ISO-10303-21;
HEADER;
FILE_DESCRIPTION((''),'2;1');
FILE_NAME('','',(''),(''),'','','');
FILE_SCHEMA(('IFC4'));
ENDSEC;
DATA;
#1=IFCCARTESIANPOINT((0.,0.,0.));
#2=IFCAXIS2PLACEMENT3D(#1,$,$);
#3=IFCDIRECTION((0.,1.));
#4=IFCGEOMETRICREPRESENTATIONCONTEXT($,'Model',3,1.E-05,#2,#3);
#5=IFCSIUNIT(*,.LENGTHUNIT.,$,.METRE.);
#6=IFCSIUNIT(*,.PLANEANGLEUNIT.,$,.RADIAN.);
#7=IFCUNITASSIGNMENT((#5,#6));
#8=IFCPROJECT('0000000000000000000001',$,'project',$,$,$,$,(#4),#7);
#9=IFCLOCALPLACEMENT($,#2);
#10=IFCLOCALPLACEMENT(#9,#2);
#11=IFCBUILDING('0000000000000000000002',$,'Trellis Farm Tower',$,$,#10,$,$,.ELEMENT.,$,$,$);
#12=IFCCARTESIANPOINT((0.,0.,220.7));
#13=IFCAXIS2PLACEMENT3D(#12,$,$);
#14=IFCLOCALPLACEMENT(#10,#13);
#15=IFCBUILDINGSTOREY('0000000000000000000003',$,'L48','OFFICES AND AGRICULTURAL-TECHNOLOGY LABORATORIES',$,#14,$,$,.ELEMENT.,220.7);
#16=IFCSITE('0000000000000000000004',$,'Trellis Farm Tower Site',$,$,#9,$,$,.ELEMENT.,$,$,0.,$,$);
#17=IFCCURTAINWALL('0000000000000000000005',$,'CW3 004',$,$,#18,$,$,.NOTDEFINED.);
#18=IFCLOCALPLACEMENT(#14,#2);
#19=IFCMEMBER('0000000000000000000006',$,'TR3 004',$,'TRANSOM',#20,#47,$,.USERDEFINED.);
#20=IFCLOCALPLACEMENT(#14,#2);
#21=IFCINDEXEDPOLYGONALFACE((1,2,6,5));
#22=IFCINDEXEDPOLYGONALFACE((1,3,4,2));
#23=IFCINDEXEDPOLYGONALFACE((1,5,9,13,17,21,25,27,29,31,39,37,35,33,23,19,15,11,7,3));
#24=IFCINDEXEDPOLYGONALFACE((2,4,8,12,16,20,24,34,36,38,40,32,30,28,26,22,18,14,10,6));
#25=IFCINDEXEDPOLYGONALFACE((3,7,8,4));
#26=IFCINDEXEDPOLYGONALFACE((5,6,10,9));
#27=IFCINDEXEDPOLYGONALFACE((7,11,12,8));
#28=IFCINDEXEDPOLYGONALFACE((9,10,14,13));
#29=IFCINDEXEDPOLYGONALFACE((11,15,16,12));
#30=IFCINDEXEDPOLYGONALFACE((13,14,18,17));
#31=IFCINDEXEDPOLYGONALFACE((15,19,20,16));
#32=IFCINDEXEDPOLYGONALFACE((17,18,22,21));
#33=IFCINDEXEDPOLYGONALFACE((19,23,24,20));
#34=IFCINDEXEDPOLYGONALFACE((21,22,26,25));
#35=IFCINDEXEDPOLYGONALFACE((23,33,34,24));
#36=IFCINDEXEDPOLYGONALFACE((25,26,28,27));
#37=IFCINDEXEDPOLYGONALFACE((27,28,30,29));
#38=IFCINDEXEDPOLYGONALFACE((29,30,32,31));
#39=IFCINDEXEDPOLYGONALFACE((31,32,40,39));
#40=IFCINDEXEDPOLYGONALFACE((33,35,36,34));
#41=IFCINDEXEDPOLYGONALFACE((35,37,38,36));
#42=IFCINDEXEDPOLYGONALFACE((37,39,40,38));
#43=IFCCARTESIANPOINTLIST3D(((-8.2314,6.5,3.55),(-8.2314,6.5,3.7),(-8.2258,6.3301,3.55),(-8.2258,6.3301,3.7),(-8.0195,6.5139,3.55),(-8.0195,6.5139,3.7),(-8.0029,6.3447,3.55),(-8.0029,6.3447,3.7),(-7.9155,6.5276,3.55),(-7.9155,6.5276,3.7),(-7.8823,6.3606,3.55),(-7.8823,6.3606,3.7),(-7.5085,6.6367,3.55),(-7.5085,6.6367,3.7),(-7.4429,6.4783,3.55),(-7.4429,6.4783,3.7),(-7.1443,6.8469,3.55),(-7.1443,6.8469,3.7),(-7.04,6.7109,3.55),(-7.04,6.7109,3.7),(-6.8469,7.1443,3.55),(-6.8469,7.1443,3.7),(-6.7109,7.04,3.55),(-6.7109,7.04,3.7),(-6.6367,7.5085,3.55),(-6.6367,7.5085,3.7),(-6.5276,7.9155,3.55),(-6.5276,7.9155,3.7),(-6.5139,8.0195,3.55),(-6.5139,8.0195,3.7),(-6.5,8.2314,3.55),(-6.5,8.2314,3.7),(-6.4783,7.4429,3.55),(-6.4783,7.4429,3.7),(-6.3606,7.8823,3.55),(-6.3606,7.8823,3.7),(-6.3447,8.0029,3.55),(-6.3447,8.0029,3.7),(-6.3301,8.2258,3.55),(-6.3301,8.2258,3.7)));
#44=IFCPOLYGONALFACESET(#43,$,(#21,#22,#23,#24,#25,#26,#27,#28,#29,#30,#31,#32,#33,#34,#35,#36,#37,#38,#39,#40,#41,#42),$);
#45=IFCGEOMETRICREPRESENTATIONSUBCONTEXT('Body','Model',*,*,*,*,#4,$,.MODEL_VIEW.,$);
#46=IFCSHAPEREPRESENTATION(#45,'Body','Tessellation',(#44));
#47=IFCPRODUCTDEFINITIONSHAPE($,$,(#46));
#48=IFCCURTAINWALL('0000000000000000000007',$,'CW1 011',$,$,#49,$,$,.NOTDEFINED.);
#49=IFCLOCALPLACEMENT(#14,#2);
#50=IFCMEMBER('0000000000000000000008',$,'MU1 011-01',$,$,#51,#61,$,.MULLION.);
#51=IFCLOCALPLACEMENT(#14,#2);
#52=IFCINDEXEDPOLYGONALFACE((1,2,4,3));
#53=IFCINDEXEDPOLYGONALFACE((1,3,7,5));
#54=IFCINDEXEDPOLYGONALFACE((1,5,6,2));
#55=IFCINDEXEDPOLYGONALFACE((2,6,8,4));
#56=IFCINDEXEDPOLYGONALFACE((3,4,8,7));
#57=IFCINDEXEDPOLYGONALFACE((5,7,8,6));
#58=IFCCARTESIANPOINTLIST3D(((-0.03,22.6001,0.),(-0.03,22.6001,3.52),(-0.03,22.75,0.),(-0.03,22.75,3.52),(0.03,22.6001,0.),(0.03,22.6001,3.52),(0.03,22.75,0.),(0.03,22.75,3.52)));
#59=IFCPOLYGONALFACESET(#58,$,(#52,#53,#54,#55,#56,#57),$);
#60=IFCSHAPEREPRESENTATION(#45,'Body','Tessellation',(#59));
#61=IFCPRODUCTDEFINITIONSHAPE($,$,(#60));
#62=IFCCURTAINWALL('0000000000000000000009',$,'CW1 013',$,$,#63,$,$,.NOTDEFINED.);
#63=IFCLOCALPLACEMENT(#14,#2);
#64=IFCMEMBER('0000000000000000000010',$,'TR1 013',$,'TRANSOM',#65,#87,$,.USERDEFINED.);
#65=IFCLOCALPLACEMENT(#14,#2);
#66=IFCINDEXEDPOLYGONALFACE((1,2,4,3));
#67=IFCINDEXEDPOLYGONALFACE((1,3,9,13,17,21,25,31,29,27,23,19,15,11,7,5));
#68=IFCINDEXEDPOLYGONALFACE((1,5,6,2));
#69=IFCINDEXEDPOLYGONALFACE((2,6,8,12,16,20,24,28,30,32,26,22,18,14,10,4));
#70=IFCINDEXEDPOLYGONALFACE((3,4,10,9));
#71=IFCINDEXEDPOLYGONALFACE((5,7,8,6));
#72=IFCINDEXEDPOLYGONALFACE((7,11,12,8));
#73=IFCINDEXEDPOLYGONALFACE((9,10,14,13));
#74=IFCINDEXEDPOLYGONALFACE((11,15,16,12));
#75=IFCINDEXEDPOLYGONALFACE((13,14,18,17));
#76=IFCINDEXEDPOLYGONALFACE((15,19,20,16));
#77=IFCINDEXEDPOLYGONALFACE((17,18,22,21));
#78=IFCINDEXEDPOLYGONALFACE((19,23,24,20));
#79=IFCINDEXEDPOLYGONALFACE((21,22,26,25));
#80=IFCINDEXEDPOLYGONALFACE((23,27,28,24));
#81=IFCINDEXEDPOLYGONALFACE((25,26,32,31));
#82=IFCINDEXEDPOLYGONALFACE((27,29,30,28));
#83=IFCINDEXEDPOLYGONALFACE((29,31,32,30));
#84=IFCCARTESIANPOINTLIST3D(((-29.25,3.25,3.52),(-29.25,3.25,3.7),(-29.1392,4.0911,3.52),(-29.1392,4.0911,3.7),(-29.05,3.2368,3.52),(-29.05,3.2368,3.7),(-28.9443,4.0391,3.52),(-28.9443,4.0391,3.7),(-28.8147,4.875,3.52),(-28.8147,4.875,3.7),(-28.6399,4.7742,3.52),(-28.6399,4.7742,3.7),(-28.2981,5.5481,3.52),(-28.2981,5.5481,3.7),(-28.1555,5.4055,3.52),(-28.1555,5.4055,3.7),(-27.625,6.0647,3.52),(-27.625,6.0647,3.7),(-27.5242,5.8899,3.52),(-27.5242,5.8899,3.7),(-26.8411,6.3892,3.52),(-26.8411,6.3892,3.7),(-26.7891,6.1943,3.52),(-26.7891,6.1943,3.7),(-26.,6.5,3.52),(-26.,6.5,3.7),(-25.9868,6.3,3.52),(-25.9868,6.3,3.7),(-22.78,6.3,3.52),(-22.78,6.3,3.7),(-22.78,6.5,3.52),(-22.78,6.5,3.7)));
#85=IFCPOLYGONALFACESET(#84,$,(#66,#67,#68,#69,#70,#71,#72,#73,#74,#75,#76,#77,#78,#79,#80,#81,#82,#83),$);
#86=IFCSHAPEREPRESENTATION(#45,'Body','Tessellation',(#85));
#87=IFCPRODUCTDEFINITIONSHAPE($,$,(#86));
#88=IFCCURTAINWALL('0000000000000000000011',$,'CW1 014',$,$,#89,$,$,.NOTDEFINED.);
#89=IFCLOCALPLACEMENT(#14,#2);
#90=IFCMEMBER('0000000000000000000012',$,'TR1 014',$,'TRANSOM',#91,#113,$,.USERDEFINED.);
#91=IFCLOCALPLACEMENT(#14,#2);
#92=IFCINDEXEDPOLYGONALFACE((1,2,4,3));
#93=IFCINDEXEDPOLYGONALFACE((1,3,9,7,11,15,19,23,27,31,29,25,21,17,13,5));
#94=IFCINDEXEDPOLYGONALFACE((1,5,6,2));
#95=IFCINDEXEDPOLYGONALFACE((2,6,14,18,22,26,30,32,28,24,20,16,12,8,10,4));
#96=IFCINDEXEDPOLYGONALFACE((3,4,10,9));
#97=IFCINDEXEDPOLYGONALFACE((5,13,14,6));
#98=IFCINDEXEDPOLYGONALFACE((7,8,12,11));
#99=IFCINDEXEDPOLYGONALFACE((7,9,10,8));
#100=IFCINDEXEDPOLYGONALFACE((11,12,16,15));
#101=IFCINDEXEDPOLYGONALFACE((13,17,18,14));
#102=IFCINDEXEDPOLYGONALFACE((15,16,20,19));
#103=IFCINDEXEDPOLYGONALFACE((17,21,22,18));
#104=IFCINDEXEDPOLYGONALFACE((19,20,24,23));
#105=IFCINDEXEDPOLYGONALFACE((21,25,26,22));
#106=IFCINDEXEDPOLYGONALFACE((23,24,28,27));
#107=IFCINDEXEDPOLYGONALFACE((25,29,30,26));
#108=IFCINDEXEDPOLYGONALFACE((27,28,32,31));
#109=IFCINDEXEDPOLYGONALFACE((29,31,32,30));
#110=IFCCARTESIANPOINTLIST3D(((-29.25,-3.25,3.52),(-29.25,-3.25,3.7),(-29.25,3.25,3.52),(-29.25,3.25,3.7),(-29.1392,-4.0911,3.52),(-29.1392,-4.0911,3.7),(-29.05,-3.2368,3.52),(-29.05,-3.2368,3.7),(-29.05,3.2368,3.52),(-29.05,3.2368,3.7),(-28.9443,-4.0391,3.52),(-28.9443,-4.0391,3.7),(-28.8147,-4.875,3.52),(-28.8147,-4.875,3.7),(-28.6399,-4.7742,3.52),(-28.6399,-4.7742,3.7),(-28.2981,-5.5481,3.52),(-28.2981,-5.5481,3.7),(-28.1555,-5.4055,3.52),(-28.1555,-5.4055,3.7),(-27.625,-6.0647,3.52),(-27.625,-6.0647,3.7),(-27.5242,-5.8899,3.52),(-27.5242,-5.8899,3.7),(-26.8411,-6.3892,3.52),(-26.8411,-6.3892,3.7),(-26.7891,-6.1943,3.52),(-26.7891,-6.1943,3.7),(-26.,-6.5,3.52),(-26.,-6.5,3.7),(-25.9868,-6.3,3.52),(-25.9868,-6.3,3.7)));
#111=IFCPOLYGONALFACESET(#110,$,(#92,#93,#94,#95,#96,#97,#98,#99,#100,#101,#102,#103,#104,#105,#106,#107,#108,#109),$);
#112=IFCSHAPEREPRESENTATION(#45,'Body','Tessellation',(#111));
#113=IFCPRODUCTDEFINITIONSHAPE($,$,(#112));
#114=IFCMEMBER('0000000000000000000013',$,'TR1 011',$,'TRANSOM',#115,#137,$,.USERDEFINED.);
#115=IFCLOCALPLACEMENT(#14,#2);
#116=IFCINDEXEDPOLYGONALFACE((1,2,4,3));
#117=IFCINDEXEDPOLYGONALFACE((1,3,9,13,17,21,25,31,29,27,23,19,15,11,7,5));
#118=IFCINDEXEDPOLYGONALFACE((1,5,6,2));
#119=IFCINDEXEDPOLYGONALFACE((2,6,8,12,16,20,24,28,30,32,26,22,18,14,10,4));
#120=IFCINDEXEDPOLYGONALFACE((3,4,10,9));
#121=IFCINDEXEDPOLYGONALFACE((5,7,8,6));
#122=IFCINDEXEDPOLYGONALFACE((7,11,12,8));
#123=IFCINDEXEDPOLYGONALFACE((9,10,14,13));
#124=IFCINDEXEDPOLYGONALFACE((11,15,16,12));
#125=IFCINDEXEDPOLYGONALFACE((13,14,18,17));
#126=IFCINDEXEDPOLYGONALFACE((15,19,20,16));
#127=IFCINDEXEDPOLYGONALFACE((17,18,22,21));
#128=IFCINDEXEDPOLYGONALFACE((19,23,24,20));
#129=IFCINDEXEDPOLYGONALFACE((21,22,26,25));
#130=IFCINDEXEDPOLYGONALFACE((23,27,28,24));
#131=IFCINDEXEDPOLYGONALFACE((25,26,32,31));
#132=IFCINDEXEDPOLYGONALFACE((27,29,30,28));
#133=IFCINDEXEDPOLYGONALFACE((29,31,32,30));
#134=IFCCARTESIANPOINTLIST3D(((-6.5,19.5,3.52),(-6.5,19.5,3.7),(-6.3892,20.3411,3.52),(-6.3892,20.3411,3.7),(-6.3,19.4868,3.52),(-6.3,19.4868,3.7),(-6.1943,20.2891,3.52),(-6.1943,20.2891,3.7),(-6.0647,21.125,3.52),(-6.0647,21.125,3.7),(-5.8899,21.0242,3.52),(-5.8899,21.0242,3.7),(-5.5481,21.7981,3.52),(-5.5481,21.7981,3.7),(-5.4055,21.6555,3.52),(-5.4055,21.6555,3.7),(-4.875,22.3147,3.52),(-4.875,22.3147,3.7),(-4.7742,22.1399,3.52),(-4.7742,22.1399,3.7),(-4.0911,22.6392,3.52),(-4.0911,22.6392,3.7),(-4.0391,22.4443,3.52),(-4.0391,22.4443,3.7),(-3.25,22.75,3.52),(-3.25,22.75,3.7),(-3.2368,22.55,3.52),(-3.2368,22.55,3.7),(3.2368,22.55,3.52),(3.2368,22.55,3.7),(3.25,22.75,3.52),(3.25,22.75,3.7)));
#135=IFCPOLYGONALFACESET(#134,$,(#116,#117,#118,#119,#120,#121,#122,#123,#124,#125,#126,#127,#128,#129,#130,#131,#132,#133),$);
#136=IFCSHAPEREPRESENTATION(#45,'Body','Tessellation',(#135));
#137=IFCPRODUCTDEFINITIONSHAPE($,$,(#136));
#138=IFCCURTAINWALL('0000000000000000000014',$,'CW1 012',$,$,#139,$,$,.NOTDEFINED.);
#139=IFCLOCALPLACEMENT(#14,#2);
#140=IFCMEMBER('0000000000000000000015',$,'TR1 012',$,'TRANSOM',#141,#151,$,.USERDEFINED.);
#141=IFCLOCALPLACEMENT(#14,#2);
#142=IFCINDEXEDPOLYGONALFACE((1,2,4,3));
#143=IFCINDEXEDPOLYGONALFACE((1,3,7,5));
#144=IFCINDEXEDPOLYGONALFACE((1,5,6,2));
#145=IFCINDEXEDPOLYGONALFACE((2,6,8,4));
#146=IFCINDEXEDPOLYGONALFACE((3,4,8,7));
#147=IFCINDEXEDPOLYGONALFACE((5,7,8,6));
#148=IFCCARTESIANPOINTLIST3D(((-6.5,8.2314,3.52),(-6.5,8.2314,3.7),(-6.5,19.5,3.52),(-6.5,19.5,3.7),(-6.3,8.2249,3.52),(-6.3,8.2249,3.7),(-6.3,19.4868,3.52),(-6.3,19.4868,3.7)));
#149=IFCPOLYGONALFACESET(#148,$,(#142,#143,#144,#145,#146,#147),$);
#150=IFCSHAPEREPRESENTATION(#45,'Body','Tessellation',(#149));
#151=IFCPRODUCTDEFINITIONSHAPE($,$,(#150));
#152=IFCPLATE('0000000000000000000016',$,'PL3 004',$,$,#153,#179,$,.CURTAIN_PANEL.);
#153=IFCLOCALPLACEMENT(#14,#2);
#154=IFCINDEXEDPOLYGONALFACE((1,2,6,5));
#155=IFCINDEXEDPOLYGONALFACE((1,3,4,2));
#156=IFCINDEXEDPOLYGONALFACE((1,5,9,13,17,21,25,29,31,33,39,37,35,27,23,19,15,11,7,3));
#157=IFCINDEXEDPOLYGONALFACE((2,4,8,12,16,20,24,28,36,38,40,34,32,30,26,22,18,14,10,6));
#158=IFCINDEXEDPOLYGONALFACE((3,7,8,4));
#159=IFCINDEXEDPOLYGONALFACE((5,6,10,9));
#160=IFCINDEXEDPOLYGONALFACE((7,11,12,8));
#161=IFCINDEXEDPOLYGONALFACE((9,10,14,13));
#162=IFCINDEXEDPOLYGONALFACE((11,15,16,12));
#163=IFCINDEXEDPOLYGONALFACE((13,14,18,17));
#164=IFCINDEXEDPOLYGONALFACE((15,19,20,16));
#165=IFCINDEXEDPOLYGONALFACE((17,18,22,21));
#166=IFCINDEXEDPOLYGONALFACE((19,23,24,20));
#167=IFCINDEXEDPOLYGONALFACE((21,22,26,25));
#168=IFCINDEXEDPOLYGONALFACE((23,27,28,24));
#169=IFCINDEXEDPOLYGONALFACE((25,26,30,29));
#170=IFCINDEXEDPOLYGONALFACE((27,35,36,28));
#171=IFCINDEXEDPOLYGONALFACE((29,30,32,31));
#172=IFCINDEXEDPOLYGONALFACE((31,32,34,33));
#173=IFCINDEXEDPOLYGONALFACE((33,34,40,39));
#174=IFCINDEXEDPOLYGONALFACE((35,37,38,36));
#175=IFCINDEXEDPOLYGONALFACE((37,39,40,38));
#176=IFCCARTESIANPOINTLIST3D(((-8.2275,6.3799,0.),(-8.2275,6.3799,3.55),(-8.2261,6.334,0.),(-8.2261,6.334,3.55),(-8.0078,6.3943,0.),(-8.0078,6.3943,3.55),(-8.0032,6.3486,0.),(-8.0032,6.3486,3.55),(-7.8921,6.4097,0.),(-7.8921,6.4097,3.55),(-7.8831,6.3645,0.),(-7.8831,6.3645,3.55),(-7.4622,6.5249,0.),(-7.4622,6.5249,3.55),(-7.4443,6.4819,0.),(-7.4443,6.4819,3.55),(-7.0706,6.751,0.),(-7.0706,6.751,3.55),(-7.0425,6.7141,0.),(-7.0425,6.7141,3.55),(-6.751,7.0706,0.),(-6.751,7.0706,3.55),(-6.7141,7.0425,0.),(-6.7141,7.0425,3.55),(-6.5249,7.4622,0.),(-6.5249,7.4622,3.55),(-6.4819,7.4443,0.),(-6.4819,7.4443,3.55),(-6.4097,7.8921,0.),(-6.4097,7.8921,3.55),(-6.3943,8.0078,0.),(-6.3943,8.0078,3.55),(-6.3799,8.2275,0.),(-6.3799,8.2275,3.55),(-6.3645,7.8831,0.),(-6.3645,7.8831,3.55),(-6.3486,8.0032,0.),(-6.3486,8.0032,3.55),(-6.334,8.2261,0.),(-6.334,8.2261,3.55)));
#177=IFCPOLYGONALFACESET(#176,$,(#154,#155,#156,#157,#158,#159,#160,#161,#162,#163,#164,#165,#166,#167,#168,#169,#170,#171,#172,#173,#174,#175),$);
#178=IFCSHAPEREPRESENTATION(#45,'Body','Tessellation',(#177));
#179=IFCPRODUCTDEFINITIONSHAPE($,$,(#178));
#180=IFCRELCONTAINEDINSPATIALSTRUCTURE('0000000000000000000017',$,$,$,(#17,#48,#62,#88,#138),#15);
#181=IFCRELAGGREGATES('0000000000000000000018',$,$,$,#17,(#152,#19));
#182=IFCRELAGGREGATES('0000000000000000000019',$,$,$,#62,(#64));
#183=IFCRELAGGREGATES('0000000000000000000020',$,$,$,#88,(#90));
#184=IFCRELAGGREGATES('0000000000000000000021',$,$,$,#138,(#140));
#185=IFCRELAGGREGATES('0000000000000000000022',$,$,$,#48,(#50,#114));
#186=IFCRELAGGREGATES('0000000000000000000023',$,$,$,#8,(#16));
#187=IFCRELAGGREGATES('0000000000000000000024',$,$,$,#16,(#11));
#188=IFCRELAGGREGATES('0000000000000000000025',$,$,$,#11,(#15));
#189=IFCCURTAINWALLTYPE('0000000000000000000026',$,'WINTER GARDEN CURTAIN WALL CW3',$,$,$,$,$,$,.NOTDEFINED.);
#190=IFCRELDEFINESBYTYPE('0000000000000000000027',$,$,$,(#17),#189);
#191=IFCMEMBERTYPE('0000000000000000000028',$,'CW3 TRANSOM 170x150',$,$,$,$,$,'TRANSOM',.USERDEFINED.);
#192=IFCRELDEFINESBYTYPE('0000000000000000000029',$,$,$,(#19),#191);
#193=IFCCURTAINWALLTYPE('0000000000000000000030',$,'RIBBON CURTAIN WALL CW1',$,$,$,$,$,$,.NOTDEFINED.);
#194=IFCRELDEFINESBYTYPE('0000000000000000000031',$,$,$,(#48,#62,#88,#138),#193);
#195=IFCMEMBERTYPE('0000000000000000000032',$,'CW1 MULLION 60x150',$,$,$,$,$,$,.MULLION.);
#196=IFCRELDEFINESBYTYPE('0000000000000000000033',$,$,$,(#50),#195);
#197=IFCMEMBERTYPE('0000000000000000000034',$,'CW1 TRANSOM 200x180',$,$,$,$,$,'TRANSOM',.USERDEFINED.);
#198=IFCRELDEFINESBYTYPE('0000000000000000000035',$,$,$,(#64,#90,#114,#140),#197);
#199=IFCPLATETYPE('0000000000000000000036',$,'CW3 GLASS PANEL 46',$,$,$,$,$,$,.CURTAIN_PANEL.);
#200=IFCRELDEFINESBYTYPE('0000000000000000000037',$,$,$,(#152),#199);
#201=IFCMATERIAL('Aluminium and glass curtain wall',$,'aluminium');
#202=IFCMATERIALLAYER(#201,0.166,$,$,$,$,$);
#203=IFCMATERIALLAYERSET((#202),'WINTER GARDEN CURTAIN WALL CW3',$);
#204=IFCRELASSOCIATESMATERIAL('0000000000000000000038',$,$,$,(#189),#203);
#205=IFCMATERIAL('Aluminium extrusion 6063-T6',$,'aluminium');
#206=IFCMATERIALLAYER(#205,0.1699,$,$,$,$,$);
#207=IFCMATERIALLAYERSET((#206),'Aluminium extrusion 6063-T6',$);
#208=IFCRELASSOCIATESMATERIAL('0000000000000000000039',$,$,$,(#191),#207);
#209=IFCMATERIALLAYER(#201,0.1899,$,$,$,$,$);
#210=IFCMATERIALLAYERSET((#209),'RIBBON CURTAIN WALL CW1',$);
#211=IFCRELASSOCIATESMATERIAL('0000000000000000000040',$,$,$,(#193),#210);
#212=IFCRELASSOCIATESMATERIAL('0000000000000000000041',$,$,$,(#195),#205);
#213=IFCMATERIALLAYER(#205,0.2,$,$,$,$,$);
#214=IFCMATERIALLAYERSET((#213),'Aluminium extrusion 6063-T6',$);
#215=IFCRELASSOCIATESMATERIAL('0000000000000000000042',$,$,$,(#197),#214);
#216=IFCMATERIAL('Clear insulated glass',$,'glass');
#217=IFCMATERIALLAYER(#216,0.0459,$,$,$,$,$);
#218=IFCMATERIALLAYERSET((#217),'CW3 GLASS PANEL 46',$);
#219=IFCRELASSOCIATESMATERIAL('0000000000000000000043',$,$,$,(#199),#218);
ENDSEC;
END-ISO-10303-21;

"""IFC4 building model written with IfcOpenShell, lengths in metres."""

from ifc_helpers import new_model, si_unit, direction, frame, origin, origin_2d, place, context, subcontext, project, spatial, polyline, rectangle, outline, extrude, source, transform, mapped, material, layer, layer_set, material_profile, profile_set, type_object, element, aggregate, save


model = new_model("IFC4")

# Units and contexts
model_context = context("Model", 3, precision=1e-05, world=origin(), true_north=direction((0.0, 1.0)))
body_context = subcontext(model_context, "Body", "Model", "MODEL_VIEW")
ifc_project = project(units=[si_unit("LENGTHUNIT", "METRE"), si_unit("PLANEANGLEUNIT", "RADIAN")], contexts=[model_context])

# Site, building, storey
site_placement = place(None, origin())
site = spatial("IfcSite", under=ifc_project, at=site_placement, Name="Trellis Farm Tower Site", CompositionType="ELEMENT", RefElevation=0.0)
building_placement = place(site_placement, origin())
building = spatial("IfcBuilding", under=site, at=building_placement, Name="Trellis Farm Tower", CompositionType="ELEMENT")
storey_placement = place(building_placement, frame((0.0, 0.0, 220.7)))
storey = spatial("IfcBuildingStorey", under=building, at=storey_placement, Name="L48", Description="OFFICES AND AGRICULTURAL-TECHNOLOGY LABORATORIES", CompositionType="ELEMENT", Elevation=220.7)

# Curtain walls, members
ifc_material_1 = material(Name="Aluminium and glass curtain wall", Category="aluminium")
ifc_layer_1 = layer(ifc_material_1, 0.166)
ifc_layer_set_1 = layer_set([ifc_layer_1], Name="WINTER GARDEN CURTAIN WALL CW3")
curtain_wall_type_1 = type_object("IfcCurtainWallType", Name="WINTER GARDEN CURTAIN WALL CW3", PredefinedType="NOTDEFINED", material=ifc_layer_set_1)
placement_1 = place(storey_placement, origin())
curtain_wall_1 = element("IfcCurtainWall", 1, at=placement_1, inside=storey, type_object=curtain_wall_type_1, Name="CW3 004", PredefinedType="NOTDEFINED")
ifc_material_2 = material(Name="Aluminium extrusion 6063-T6", Category="aluminium")
ifc_layer_2 = layer(ifc_material_2, 0.1699)
ifc_layer_set_2 = layer_set([ifc_layer_2], Name="Aluminium extrusion 6063-T6")
member_type_1 = type_object("IfcMemberType", Name="CW3 TRANSOM 170x150", ElementType="TRANSOM", PredefinedType="USERDEFINED", material=ifc_layer_set_2)
shared_shape_1 = source(origin(), body_context, "Body", "SweptSolid", [
    extrude(outline(polyline([(-6.5, 8.2314), (-6.5139, 8.0195), (-6.5276, 7.9155), (-6.6367, 7.5085), (-6.8469, 7.1443), (-7.1443, 6.8469), (-7.5085, 6.6367), (-7.9155, 6.5276), (-8.0195, 6.5139), (-8.2314, 6.5), (-8.2258, 6.3301), (-8.0029, 6.3447), (-7.8823, 6.3606), (-7.4429, 6.4783), (-7.04, 6.7109), (-6.7109, 7.04), (-6.4783, 7.4429), (-6.3606, 7.8823), (-6.3447, 8.0029), (-6.3301, 8.2258), (-6.5, 8.2314)])), origin(), (0.0, 0.0, 1.0), 0.1499),
])
member_1_placement = place(storey_placement, frame((0.0, 0.0, 3.55)))
member_1 = element("IfcMember", 2, at=member_1_placement, type_object=member_type_1, Name="TR3 004", ObjectType="TRANSOM", PredefinedType="USERDEFINED", context=body_context, shape_type="MappedRepresentation", body=[
    mapped(shared_shape_1, transform((0.0, 0.0, 0.0))),
])
ifc_layer_3 = layer(ifc_material_1, 0.1899)
ifc_layer_set_3 = layer_set([ifc_layer_3], Name="RIBBON CURTAIN WALL CW1")
curtain_wall_type_2 = type_object("IfcCurtainWallType", Name="RIBBON CURTAIN WALL CW1", PredefinedType="NOTDEFINED", material=ifc_layer_set_3)
curtain_wall_2 = element("IfcCurtainWall", 3, at=placement_1, inside=storey, type_object=curtain_wall_type_2, Name="CW1 011", PredefinedType="NOTDEFINED")
ifc_material_profile = material_profile(ifc_material_2, rectangle(XDim=0.0601, YDim=0.1499, at=origin_2d()), Name="MULLION 60x150")
ifc_profile_set = profile_set([ifc_material_profile], Name="Aluminium extrusion 6063-T6")
member_type_2 = type_object("IfcMemberType", Name="CW1 MULLION 60x150", PredefinedType="MULLION", material=ifc_profile_set)
shared_shape_2 = source(origin(), body_context, "Body", "SweptSolid", [
    extrude(rectangle(XDim=0.0601, YDim=0.1499, at=origin_2d()), origin(), (0.0, 0.0, 1.0), 3.52),
])
member_2_placement = place(storey_placement, frame((0.0, 22.675, 0.0), z_axis=(0.0, 0.0, 1.0), x_axis=(-1.0, 0.0, 0.0)))
member_2 = element("IfcMember", 4, at=member_2_placement, type_object=member_type_2, Name="MU1 011-01", PredefinedType="MULLION", context=body_context, shape_type="MappedRepresentation", body=[
    mapped(shared_shape_2, transform((0.0, 0.0, 0.0))),
])
curtain_wall_3 = element("IfcCurtainWall", 5, at=placement_1, inside=storey, type_object=curtain_wall_type_2, Name="CW1 013", PredefinedType="NOTDEFINED")
ifc_layer_4 = layer(ifc_material_2, 0.2)
ifc_layer_set_4 = layer_set([ifc_layer_4], Name="Aluminium extrusion 6063-T6")
member_type_3 = type_object("IfcMemberType", Name="CW1 TRANSOM 200x180", ElementType="TRANSOM", PredefinedType="USERDEFINED", material=ifc_layer_set_4)
shared_shape_3 = source(origin(), body_context, "Body", "SweptSolid", [
    extrude(outline(polyline([(-22.78, 6.5), (-26.0, 6.5), (-26.8411, 6.3892), (-27.625, 6.0647), (-28.2981, 5.5481), (-28.8147, 4.875), (-29.1392, 4.0911), (-29.25, 3.25), (-29.05, 3.2368), (-28.9443, 4.0391), (-28.6399, 4.7742), (-28.1555, 5.4055), (-27.5242, 5.8899), (-26.7891, 6.1943), (-25.9868, 6.3), (-22.78, 6.3), (-22.78, 6.5)])), origin(), (0.0, 0.0, 1.0), 0.1799),
])
placement_2 = place(storey_placement, frame((0.0, 0.0, 3.52)))
member_3 = element("IfcMember", 6, at=placement_2, type_object=member_type_3, Name="TR1 013", ObjectType="TRANSOM", PredefinedType="USERDEFINED", context=body_context, shape_type="MappedRepresentation", body=[
    mapped(shared_shape_3, transform((0.0, 0.0, 0.0))),
])
curtain_wall_4 = element("IfcCurtainWall", 7, at=placement_1, inside=storey, type_object=curtain_wall_type_2, Name="CW1 014", PredefinedType="NOTDEFINED")
shared_shape_4 = source(origin(), body_context, "Body", "SweptSolid", [
    extrude(outline(polyline([(-29.25, 3.25), (-29.25, -3.25), (-29.1392, -4.0911), (-28.8147, -4.875), (-28.2981, -5.5481), (-27.625, -6.0647), (-26.8411, -6.3892), (-26.0, -6.5), (-25.9868, -6.3), (-26.7891, -6.1943), (-27.5242, -5.8899), (-28.1555, -5.4055), (-28.6399, -4.7742), (-28.9443, -4.0391), (-29.05, -3.2368), (-29.05, 3.2368), (-29.25, 3.25)])), origin(), (0.0, 0.0, 1.0), 0.1799),
])
member_4 = element("IfcMember", 8, at=placement_2, type_object=member_type_3, Name="TR1 014", ObjectType="TRANSOM", PredefinedType="USERDEFINED", context=body_context, shape_type="MappedRepresentation", body=[
    mapped(shared_shape_4, transform((0.0, 0.0, 0.0))),
])

# Member
shared_shape_5 = source(origin(), body_context, "Body", "SweptSolid", [
    extrude(outline(polyline([(3.25, 22.75), (-3.25, 22.75), (-4.0911, 22.6392), (-4.875, 22.3147), (-5.5481, 21.7981), (-6.0647, 21.125), (-6.3892, 20.3411), (-6.5, 19.5), (-6.3, 19.4868), (-6.1943, 20.2891), (-5.8899, 21.0242), (-5.4055, 21.6555), (-4.7742, 22.1399), (-4.0391, 22.4443), (-3.2368, 22.55), (3.2368, 22.55), (3.25, 22.75)])), origin(), (0.0, 0.0, 1.0), 0.1799),
])
member_5 = element("IfcMember", 9, at=placement_2, type_object=member_type_3, Name="TR1 011", ObjectType="TRANSOM", PredefinedType="USERDEFINED", context=body_context, shape_type="MappedRepresentation", body=[
    mapped(shared_shape_5, transform((0.0, 0.0, 0.0))),
])

# Curtain wall, member
curtain_wall_5 = element("IfcCurtainWall", 10, at=placement_1, inside=storey, type_object=curtain_wall_type_2, Name="CW1 012", PredefinedType="NOTDEFINED")
shared_shape_6 = source(origin(), body_context, "Body", "SweptSolid", [
    extrude(outline(polyline([(-6.5, 19.5), (-6.5, 8.2314), (-6.3, 8.2249), (-6.3, 19.4868), (-6.5, 19.5)])), origin(), (0.0, 0.0, 1.0), 0.1799),
])
member_6 = element("IfcMember", 11, at=placement_2, type_object=member_type_3, Name="TR1 012", ObjectType="TRANSOM", PredefinedType="USERDEFINED", context=body_context, shape_type="MappedRepresentation", body=[
    mapped(shared_shape_6, transform((0.0, 0.0, 0.0))),
])

# Plate
ifc_material_3 = material(Name="Clear insulated glass", Category="glass")
ifc_layer_5 = layer(ifc_material_3, 0.0459)
ifc_layer_set_5 = layer_set([ifc_layer_5], Name="CW3 GLASS PANEL 46")
plate_type_1 = type_object("IfcPlateType", Name="CW3 GLASS PANEL 46", PredefinedType="CURTAIN_PANEL", material=ifc_layer_set_5)
shared_shape_7 = source(origin(), body_context, "Body", "SweptSolid", [
    extrude(outline(polyline([(-6.3799, 8.2275), (-6.3943, 8.0078), (-6.4097, 7.8921), (-6.5249, 7.4622), (-6.751, 7.0706), (-7.0706, 6.751), (-7.4622, 6.5249), (-7.8921, 6.4097), (-8.0078, 6.3943), (-8.2275, 6.3799), (-8.2261, 6.334), (-8.0032, 6.3486), (-7.8831, 6.3645), (-7.4443, 6.4819), (-7.0425, 6.7141), (-6.7141, 7.0425), (-6.4819, 7.4443), (-6.3645, 7.8831), (-6.3486, 8.0032), (-6.334, 8.2261), (-6.3799, 8.2275)])), origin(), (0.0, 0.0, 1.0), 3.55),
])
plate_1 = element("IfcPlate", 12, at=placement_1, type_object=plate_type_1, Name="PL3 004", PredefinedType="CURTAIN_PANEL", context=body_context, shape_type="MappedRepresentation", body=[
    mapped(shared_shape_7, transform((0.0, 0.0, 0.0))),
])
aggregate(curtain_wall_1, [plate_1, member_1])
aggregate(curtain_wall_3, [member_3])
aggregate(curtain_wall_4, [member_4])
aggregate(curtain_wall_5, [member_6])
aggregate(curtain_wall_2, [member_2, member_5])

save(model, "model.ifc")
